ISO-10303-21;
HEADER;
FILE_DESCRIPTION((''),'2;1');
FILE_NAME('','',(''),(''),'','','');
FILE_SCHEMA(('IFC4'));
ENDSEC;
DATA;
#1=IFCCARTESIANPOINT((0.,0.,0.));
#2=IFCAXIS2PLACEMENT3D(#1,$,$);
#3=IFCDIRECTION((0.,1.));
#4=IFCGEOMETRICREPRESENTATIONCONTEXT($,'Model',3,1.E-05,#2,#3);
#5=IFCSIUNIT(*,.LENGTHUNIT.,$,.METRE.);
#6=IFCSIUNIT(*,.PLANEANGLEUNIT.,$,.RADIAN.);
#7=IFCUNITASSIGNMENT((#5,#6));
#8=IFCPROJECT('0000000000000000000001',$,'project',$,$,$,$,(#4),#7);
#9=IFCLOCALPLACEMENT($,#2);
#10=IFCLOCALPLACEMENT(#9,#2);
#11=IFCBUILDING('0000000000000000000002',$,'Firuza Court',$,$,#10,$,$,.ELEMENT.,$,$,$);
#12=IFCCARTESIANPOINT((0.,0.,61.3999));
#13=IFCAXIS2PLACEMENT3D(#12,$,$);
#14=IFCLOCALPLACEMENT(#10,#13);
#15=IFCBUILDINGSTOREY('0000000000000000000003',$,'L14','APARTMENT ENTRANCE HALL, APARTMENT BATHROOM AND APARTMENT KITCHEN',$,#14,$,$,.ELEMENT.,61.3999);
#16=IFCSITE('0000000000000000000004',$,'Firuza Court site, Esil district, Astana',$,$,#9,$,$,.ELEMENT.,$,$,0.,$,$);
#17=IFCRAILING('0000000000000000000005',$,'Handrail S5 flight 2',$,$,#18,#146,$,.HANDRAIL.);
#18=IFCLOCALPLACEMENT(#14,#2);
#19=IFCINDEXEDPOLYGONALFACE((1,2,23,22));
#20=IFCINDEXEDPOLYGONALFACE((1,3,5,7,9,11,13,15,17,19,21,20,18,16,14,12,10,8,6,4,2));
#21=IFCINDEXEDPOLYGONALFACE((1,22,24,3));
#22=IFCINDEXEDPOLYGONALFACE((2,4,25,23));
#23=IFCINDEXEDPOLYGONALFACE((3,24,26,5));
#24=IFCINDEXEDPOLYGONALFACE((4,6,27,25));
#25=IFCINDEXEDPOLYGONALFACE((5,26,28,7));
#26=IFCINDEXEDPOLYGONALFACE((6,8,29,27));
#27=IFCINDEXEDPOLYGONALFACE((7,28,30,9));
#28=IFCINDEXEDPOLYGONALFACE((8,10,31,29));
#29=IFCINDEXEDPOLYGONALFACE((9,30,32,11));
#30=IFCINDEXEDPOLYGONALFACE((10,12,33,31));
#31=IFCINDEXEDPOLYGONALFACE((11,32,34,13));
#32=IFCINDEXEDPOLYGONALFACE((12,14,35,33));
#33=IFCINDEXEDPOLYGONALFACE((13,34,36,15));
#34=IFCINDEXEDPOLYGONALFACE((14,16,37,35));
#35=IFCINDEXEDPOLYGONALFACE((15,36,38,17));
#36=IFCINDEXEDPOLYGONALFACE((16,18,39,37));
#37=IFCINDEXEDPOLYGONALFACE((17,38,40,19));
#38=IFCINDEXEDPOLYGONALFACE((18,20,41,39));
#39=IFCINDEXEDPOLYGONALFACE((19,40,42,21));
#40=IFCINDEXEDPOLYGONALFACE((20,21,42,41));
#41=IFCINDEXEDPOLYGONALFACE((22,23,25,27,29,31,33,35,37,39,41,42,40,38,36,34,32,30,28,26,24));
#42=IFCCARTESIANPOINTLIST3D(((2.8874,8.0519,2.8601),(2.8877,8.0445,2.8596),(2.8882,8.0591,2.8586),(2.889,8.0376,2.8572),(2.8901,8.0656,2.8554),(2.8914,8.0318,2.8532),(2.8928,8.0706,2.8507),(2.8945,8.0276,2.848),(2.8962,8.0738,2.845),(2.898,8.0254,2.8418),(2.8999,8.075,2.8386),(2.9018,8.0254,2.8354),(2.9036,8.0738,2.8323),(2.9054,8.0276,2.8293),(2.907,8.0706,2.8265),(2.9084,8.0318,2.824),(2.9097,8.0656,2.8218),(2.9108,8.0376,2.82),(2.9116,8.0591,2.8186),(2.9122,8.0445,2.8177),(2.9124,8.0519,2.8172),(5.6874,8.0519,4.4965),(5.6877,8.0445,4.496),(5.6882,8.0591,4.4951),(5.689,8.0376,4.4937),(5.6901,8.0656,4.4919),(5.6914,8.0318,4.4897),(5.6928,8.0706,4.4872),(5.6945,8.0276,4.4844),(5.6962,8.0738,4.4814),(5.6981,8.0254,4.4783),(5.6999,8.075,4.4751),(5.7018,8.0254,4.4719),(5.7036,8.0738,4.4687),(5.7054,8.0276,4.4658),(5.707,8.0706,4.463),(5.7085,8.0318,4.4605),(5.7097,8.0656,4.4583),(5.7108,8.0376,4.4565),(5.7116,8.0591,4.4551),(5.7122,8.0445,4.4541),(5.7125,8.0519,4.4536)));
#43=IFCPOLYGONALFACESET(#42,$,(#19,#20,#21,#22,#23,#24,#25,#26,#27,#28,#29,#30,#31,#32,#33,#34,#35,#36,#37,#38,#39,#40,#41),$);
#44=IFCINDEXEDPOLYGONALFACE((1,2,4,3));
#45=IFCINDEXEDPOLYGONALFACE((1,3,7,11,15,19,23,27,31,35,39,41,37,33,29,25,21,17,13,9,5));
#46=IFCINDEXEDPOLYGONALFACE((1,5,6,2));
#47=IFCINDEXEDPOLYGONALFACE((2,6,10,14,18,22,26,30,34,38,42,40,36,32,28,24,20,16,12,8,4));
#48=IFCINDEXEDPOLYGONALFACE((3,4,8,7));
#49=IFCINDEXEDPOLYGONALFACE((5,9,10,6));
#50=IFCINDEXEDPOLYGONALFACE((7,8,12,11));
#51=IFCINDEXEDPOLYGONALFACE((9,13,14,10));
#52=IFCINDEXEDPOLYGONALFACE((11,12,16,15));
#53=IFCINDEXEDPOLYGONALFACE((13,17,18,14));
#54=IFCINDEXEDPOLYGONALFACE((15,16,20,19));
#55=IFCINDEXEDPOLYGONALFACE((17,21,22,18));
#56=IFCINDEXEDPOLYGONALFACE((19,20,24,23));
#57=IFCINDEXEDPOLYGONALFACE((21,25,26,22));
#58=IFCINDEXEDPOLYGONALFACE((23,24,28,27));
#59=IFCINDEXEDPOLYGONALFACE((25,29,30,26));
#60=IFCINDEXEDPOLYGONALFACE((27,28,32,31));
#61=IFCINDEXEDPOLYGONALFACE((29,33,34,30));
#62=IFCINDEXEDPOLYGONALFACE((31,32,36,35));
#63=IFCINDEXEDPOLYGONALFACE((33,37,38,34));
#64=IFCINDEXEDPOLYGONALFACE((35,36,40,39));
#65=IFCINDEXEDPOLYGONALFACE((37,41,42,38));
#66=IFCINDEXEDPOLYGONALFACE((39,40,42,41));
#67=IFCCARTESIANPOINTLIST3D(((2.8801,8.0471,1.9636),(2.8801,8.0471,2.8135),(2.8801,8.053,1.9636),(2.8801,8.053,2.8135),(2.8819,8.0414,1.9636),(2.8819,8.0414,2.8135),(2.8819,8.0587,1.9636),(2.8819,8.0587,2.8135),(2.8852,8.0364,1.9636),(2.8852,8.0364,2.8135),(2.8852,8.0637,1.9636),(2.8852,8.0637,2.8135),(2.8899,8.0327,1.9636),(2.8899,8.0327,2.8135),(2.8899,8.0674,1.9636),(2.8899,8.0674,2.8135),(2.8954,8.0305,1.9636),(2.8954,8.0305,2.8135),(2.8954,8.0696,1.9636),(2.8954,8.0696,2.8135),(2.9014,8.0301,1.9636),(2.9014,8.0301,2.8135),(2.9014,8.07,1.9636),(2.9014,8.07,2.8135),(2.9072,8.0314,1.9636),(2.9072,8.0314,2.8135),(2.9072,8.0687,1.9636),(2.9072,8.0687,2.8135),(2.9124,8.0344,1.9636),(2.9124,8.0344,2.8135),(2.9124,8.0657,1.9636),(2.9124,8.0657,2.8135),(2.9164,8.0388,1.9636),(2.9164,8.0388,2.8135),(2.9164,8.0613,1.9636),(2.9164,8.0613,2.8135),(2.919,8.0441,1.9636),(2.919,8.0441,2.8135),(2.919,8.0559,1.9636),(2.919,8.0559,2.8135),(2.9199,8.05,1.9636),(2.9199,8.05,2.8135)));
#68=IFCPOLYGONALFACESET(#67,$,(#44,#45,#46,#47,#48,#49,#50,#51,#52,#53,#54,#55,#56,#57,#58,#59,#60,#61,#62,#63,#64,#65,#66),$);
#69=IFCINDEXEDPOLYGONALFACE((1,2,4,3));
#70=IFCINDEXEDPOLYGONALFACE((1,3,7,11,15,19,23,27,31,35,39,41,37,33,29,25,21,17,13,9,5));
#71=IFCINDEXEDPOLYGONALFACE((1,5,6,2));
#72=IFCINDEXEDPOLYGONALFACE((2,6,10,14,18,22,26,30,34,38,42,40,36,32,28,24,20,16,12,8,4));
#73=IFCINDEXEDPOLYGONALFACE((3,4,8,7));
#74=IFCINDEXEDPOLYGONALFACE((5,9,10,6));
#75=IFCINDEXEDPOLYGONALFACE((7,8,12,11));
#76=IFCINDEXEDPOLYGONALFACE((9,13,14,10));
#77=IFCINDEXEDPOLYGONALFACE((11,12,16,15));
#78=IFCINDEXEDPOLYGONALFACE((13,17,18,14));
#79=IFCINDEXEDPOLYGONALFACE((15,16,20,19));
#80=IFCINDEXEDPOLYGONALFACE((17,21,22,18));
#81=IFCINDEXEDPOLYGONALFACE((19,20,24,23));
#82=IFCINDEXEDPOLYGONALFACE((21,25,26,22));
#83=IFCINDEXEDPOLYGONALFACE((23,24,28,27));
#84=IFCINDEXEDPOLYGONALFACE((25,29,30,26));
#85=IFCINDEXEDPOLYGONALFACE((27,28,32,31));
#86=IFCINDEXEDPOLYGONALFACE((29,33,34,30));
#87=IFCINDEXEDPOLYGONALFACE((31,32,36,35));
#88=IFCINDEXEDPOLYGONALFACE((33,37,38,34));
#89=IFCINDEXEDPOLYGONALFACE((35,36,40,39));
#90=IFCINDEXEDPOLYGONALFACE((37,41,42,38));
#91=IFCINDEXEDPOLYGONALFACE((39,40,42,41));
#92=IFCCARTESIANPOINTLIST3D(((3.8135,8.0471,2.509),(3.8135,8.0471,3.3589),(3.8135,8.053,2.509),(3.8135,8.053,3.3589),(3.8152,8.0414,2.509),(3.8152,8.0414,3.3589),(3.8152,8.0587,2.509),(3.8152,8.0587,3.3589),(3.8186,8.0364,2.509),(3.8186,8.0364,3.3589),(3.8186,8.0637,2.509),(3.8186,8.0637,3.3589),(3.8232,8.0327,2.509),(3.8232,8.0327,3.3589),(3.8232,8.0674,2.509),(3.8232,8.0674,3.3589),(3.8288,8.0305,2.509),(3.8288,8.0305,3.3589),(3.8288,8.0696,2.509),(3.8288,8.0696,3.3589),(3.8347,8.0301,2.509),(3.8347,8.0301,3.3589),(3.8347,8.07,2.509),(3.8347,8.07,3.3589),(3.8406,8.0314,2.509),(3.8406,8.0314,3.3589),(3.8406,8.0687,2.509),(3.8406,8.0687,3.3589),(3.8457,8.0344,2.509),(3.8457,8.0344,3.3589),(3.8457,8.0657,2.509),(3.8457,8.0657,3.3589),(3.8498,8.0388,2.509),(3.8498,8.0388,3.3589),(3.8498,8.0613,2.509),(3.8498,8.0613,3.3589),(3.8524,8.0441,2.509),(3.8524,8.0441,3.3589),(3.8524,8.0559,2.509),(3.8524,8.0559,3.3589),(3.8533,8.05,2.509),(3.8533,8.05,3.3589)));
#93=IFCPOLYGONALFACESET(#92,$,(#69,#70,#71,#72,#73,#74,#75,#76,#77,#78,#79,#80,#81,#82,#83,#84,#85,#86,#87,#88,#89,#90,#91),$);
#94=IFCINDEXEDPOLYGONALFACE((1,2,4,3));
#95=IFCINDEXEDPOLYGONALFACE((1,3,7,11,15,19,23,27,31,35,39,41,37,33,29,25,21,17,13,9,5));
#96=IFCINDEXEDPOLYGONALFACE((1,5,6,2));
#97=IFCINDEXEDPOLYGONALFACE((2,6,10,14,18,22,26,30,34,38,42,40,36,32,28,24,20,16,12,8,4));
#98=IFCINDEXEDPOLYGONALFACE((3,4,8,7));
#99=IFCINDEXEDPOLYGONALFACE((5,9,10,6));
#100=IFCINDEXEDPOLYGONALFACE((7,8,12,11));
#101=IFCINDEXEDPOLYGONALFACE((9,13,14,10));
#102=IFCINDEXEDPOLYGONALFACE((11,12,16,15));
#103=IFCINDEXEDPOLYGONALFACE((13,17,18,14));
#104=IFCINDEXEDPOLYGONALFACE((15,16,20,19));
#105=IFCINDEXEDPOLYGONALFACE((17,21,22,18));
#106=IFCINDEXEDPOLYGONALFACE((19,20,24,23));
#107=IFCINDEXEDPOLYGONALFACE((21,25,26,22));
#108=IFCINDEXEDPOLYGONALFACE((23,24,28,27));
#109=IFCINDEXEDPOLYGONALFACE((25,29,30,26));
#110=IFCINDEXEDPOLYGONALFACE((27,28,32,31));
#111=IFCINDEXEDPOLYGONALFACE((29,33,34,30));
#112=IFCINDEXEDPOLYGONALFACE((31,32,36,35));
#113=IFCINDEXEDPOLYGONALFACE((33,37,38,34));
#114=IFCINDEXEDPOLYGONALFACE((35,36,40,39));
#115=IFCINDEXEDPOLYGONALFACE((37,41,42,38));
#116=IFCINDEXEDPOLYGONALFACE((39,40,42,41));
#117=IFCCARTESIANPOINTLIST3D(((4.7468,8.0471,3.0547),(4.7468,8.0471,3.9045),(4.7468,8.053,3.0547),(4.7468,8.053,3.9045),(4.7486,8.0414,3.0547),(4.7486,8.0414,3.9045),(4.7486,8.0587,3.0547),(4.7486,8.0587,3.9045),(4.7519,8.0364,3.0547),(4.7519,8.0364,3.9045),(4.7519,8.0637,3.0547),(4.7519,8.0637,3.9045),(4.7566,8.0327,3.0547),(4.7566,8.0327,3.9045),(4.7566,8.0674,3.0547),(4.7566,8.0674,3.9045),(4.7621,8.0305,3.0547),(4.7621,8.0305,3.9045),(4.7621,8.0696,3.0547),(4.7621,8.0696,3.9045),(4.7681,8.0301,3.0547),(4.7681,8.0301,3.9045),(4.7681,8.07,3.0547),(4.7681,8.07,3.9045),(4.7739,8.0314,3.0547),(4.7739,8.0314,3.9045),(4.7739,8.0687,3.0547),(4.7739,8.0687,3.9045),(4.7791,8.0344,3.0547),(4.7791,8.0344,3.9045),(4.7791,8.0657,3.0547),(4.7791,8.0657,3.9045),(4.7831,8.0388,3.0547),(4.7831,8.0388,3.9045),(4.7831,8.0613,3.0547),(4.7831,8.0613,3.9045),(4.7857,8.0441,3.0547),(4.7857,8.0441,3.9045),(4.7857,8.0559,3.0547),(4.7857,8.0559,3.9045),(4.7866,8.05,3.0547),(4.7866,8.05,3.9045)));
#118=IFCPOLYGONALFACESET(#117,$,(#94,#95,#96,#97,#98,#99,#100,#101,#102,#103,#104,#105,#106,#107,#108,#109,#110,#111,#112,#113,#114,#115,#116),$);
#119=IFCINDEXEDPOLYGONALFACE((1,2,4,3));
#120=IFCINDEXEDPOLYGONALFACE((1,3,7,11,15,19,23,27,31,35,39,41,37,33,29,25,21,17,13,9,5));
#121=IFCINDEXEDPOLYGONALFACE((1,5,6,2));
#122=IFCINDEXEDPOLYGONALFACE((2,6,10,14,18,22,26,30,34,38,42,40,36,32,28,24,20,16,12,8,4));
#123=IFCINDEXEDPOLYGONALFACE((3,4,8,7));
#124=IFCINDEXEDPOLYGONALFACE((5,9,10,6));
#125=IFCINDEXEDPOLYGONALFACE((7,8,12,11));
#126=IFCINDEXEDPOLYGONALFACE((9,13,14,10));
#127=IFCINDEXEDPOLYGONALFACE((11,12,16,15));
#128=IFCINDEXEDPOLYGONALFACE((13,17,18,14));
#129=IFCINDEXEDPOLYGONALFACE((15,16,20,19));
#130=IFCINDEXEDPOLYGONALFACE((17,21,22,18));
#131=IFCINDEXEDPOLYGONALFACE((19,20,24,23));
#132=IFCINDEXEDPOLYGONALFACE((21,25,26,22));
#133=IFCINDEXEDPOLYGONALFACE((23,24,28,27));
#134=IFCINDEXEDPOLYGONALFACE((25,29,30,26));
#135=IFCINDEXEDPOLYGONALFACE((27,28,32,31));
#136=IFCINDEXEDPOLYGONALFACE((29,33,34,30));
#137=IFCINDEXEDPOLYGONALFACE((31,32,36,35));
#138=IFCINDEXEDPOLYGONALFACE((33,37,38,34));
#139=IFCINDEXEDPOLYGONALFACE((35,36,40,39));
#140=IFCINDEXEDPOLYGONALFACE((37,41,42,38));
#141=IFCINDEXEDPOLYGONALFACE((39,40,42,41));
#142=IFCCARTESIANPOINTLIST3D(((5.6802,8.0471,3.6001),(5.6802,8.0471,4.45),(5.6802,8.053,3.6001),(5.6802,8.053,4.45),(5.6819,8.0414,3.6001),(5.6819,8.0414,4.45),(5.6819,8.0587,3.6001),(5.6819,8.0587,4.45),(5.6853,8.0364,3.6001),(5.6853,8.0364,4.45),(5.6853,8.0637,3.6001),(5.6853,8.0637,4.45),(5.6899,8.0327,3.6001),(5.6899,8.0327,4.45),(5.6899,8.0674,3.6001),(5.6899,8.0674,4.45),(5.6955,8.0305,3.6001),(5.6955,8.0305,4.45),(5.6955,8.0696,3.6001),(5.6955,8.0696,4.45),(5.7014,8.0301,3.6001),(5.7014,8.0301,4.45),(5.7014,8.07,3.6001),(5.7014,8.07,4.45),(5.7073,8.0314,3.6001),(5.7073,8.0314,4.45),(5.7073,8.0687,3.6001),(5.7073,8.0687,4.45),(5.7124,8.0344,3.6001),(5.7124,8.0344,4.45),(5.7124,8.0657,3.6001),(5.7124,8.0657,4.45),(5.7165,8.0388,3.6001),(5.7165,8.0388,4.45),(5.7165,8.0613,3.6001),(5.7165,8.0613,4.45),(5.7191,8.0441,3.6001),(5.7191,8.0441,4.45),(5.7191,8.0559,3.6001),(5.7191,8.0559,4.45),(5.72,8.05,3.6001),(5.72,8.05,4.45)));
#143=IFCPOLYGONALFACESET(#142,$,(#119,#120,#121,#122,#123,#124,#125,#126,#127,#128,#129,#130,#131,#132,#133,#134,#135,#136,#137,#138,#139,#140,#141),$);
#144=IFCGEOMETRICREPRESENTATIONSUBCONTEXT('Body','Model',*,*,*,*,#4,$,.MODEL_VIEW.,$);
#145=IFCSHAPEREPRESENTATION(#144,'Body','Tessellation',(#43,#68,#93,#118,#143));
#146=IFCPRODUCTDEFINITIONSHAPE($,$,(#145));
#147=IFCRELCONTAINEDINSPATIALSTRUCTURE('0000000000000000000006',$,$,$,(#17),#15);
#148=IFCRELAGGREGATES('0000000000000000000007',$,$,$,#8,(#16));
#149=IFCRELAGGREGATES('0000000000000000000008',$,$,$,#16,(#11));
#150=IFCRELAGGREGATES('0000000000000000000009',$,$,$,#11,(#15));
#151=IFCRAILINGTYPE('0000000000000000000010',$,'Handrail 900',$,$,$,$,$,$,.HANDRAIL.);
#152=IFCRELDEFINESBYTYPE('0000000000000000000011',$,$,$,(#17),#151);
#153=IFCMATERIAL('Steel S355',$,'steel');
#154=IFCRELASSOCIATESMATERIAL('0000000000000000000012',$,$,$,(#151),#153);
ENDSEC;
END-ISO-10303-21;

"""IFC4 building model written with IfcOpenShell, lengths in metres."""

from ifc_helpers import new_model, si_unit, direction, frame, origin, origin_2d, place, context, subcontext, project, spatial, circle, extrude, material, type_object, element, save


model = new_model("IFC4")

# Units and contexts
model_context = context("Model", 3, precision=1e-05, world=origin(), true_north=direction((0.0, 1.0)))
body_context = subcontext(model_context, "Body", "Model", "MODEL_VIEW")
ifc_project = project(units=[si_unit("LENGTHUNIT", "METRE"), si_unit("PLANEANGLEUNIT", "RADIAN")], contexts=[model_context])

# Site, building, storey
site_placement = place(None, origin())
site = spatial("IfcSite", under=ifc_project, at=site_placement, Name="Firuza Court site, Esil district, Astana", CompositionType="ELEMENT", RefElevation=0.0)
building_placement = place(site_placement, origin())
building = spatial("IfcBuilding", under=site, at=building_placement, Name="Firuza Court", CompositionType="ELEMENT")
storey_placement = place(building_placement, frame((0.0, 0.0, 61.3999)))
storey = spatial("IfcBuildingStorey", under=building, at=storey_placement, Name="L14", Description="APARTMENT ENTRANCE HALL, APARTMENT BATHROOM AND APARTMENT KITCHEN", CompositionType="ELEMENT", Elevation=61.3999)

# Railing
ifc_material_1 = material(Name="Steel S355", Category="steel")
railing_type_1 = type_object("IfcRailingType", Name="Handrail 900", PredefinedType="HANDRAIL", material=ifc_material_1)
railing_1_placement = place(storey_placement, frame((2.8999, 8.05, 1.9636)))
element("IfcRailing", 1, at=railing_1_placement, inside=storey, type_object=railing_type_1, Name="Handrail S5 flight 2", PredefinedType="HANDRAIL", context=body_context, shape_type="SweptSolid", body=[
    extrude(circle(Radius=0.0249, at=origin_2d()), frame((0.0, 0.0, 0.875), z_axis=(0.863361, 0.0, 0.504587), x_axis=(0.0, 1.0, 0.0)), (0.0, 0.0, 1.0), 3.2432),
    extrude(circle(Radius=0.02, at=origin_2d()), origin(), (0.0, 0.0, 1.0), 0.8499),
    extrude(circle(Radius=0.02, at=origin_2d()), frame((0.9333, 0.0, 0.5454)), (0.0, 0.0, 1.0), 0.8499),
    extrude(circle(Radius=0.02, at=origin_2d()), frame((1.8667, 0.0, 1.0911)), (0.0, 0.0, 1.0), 0.8499),
    extrude(circle(Radius=0.02, at=origin_2d()), frame((2.8, 0.0, 1.6365)), (0.0, 0.0, 1.0), 0.8499),
])

save(model, "model.ifc")
